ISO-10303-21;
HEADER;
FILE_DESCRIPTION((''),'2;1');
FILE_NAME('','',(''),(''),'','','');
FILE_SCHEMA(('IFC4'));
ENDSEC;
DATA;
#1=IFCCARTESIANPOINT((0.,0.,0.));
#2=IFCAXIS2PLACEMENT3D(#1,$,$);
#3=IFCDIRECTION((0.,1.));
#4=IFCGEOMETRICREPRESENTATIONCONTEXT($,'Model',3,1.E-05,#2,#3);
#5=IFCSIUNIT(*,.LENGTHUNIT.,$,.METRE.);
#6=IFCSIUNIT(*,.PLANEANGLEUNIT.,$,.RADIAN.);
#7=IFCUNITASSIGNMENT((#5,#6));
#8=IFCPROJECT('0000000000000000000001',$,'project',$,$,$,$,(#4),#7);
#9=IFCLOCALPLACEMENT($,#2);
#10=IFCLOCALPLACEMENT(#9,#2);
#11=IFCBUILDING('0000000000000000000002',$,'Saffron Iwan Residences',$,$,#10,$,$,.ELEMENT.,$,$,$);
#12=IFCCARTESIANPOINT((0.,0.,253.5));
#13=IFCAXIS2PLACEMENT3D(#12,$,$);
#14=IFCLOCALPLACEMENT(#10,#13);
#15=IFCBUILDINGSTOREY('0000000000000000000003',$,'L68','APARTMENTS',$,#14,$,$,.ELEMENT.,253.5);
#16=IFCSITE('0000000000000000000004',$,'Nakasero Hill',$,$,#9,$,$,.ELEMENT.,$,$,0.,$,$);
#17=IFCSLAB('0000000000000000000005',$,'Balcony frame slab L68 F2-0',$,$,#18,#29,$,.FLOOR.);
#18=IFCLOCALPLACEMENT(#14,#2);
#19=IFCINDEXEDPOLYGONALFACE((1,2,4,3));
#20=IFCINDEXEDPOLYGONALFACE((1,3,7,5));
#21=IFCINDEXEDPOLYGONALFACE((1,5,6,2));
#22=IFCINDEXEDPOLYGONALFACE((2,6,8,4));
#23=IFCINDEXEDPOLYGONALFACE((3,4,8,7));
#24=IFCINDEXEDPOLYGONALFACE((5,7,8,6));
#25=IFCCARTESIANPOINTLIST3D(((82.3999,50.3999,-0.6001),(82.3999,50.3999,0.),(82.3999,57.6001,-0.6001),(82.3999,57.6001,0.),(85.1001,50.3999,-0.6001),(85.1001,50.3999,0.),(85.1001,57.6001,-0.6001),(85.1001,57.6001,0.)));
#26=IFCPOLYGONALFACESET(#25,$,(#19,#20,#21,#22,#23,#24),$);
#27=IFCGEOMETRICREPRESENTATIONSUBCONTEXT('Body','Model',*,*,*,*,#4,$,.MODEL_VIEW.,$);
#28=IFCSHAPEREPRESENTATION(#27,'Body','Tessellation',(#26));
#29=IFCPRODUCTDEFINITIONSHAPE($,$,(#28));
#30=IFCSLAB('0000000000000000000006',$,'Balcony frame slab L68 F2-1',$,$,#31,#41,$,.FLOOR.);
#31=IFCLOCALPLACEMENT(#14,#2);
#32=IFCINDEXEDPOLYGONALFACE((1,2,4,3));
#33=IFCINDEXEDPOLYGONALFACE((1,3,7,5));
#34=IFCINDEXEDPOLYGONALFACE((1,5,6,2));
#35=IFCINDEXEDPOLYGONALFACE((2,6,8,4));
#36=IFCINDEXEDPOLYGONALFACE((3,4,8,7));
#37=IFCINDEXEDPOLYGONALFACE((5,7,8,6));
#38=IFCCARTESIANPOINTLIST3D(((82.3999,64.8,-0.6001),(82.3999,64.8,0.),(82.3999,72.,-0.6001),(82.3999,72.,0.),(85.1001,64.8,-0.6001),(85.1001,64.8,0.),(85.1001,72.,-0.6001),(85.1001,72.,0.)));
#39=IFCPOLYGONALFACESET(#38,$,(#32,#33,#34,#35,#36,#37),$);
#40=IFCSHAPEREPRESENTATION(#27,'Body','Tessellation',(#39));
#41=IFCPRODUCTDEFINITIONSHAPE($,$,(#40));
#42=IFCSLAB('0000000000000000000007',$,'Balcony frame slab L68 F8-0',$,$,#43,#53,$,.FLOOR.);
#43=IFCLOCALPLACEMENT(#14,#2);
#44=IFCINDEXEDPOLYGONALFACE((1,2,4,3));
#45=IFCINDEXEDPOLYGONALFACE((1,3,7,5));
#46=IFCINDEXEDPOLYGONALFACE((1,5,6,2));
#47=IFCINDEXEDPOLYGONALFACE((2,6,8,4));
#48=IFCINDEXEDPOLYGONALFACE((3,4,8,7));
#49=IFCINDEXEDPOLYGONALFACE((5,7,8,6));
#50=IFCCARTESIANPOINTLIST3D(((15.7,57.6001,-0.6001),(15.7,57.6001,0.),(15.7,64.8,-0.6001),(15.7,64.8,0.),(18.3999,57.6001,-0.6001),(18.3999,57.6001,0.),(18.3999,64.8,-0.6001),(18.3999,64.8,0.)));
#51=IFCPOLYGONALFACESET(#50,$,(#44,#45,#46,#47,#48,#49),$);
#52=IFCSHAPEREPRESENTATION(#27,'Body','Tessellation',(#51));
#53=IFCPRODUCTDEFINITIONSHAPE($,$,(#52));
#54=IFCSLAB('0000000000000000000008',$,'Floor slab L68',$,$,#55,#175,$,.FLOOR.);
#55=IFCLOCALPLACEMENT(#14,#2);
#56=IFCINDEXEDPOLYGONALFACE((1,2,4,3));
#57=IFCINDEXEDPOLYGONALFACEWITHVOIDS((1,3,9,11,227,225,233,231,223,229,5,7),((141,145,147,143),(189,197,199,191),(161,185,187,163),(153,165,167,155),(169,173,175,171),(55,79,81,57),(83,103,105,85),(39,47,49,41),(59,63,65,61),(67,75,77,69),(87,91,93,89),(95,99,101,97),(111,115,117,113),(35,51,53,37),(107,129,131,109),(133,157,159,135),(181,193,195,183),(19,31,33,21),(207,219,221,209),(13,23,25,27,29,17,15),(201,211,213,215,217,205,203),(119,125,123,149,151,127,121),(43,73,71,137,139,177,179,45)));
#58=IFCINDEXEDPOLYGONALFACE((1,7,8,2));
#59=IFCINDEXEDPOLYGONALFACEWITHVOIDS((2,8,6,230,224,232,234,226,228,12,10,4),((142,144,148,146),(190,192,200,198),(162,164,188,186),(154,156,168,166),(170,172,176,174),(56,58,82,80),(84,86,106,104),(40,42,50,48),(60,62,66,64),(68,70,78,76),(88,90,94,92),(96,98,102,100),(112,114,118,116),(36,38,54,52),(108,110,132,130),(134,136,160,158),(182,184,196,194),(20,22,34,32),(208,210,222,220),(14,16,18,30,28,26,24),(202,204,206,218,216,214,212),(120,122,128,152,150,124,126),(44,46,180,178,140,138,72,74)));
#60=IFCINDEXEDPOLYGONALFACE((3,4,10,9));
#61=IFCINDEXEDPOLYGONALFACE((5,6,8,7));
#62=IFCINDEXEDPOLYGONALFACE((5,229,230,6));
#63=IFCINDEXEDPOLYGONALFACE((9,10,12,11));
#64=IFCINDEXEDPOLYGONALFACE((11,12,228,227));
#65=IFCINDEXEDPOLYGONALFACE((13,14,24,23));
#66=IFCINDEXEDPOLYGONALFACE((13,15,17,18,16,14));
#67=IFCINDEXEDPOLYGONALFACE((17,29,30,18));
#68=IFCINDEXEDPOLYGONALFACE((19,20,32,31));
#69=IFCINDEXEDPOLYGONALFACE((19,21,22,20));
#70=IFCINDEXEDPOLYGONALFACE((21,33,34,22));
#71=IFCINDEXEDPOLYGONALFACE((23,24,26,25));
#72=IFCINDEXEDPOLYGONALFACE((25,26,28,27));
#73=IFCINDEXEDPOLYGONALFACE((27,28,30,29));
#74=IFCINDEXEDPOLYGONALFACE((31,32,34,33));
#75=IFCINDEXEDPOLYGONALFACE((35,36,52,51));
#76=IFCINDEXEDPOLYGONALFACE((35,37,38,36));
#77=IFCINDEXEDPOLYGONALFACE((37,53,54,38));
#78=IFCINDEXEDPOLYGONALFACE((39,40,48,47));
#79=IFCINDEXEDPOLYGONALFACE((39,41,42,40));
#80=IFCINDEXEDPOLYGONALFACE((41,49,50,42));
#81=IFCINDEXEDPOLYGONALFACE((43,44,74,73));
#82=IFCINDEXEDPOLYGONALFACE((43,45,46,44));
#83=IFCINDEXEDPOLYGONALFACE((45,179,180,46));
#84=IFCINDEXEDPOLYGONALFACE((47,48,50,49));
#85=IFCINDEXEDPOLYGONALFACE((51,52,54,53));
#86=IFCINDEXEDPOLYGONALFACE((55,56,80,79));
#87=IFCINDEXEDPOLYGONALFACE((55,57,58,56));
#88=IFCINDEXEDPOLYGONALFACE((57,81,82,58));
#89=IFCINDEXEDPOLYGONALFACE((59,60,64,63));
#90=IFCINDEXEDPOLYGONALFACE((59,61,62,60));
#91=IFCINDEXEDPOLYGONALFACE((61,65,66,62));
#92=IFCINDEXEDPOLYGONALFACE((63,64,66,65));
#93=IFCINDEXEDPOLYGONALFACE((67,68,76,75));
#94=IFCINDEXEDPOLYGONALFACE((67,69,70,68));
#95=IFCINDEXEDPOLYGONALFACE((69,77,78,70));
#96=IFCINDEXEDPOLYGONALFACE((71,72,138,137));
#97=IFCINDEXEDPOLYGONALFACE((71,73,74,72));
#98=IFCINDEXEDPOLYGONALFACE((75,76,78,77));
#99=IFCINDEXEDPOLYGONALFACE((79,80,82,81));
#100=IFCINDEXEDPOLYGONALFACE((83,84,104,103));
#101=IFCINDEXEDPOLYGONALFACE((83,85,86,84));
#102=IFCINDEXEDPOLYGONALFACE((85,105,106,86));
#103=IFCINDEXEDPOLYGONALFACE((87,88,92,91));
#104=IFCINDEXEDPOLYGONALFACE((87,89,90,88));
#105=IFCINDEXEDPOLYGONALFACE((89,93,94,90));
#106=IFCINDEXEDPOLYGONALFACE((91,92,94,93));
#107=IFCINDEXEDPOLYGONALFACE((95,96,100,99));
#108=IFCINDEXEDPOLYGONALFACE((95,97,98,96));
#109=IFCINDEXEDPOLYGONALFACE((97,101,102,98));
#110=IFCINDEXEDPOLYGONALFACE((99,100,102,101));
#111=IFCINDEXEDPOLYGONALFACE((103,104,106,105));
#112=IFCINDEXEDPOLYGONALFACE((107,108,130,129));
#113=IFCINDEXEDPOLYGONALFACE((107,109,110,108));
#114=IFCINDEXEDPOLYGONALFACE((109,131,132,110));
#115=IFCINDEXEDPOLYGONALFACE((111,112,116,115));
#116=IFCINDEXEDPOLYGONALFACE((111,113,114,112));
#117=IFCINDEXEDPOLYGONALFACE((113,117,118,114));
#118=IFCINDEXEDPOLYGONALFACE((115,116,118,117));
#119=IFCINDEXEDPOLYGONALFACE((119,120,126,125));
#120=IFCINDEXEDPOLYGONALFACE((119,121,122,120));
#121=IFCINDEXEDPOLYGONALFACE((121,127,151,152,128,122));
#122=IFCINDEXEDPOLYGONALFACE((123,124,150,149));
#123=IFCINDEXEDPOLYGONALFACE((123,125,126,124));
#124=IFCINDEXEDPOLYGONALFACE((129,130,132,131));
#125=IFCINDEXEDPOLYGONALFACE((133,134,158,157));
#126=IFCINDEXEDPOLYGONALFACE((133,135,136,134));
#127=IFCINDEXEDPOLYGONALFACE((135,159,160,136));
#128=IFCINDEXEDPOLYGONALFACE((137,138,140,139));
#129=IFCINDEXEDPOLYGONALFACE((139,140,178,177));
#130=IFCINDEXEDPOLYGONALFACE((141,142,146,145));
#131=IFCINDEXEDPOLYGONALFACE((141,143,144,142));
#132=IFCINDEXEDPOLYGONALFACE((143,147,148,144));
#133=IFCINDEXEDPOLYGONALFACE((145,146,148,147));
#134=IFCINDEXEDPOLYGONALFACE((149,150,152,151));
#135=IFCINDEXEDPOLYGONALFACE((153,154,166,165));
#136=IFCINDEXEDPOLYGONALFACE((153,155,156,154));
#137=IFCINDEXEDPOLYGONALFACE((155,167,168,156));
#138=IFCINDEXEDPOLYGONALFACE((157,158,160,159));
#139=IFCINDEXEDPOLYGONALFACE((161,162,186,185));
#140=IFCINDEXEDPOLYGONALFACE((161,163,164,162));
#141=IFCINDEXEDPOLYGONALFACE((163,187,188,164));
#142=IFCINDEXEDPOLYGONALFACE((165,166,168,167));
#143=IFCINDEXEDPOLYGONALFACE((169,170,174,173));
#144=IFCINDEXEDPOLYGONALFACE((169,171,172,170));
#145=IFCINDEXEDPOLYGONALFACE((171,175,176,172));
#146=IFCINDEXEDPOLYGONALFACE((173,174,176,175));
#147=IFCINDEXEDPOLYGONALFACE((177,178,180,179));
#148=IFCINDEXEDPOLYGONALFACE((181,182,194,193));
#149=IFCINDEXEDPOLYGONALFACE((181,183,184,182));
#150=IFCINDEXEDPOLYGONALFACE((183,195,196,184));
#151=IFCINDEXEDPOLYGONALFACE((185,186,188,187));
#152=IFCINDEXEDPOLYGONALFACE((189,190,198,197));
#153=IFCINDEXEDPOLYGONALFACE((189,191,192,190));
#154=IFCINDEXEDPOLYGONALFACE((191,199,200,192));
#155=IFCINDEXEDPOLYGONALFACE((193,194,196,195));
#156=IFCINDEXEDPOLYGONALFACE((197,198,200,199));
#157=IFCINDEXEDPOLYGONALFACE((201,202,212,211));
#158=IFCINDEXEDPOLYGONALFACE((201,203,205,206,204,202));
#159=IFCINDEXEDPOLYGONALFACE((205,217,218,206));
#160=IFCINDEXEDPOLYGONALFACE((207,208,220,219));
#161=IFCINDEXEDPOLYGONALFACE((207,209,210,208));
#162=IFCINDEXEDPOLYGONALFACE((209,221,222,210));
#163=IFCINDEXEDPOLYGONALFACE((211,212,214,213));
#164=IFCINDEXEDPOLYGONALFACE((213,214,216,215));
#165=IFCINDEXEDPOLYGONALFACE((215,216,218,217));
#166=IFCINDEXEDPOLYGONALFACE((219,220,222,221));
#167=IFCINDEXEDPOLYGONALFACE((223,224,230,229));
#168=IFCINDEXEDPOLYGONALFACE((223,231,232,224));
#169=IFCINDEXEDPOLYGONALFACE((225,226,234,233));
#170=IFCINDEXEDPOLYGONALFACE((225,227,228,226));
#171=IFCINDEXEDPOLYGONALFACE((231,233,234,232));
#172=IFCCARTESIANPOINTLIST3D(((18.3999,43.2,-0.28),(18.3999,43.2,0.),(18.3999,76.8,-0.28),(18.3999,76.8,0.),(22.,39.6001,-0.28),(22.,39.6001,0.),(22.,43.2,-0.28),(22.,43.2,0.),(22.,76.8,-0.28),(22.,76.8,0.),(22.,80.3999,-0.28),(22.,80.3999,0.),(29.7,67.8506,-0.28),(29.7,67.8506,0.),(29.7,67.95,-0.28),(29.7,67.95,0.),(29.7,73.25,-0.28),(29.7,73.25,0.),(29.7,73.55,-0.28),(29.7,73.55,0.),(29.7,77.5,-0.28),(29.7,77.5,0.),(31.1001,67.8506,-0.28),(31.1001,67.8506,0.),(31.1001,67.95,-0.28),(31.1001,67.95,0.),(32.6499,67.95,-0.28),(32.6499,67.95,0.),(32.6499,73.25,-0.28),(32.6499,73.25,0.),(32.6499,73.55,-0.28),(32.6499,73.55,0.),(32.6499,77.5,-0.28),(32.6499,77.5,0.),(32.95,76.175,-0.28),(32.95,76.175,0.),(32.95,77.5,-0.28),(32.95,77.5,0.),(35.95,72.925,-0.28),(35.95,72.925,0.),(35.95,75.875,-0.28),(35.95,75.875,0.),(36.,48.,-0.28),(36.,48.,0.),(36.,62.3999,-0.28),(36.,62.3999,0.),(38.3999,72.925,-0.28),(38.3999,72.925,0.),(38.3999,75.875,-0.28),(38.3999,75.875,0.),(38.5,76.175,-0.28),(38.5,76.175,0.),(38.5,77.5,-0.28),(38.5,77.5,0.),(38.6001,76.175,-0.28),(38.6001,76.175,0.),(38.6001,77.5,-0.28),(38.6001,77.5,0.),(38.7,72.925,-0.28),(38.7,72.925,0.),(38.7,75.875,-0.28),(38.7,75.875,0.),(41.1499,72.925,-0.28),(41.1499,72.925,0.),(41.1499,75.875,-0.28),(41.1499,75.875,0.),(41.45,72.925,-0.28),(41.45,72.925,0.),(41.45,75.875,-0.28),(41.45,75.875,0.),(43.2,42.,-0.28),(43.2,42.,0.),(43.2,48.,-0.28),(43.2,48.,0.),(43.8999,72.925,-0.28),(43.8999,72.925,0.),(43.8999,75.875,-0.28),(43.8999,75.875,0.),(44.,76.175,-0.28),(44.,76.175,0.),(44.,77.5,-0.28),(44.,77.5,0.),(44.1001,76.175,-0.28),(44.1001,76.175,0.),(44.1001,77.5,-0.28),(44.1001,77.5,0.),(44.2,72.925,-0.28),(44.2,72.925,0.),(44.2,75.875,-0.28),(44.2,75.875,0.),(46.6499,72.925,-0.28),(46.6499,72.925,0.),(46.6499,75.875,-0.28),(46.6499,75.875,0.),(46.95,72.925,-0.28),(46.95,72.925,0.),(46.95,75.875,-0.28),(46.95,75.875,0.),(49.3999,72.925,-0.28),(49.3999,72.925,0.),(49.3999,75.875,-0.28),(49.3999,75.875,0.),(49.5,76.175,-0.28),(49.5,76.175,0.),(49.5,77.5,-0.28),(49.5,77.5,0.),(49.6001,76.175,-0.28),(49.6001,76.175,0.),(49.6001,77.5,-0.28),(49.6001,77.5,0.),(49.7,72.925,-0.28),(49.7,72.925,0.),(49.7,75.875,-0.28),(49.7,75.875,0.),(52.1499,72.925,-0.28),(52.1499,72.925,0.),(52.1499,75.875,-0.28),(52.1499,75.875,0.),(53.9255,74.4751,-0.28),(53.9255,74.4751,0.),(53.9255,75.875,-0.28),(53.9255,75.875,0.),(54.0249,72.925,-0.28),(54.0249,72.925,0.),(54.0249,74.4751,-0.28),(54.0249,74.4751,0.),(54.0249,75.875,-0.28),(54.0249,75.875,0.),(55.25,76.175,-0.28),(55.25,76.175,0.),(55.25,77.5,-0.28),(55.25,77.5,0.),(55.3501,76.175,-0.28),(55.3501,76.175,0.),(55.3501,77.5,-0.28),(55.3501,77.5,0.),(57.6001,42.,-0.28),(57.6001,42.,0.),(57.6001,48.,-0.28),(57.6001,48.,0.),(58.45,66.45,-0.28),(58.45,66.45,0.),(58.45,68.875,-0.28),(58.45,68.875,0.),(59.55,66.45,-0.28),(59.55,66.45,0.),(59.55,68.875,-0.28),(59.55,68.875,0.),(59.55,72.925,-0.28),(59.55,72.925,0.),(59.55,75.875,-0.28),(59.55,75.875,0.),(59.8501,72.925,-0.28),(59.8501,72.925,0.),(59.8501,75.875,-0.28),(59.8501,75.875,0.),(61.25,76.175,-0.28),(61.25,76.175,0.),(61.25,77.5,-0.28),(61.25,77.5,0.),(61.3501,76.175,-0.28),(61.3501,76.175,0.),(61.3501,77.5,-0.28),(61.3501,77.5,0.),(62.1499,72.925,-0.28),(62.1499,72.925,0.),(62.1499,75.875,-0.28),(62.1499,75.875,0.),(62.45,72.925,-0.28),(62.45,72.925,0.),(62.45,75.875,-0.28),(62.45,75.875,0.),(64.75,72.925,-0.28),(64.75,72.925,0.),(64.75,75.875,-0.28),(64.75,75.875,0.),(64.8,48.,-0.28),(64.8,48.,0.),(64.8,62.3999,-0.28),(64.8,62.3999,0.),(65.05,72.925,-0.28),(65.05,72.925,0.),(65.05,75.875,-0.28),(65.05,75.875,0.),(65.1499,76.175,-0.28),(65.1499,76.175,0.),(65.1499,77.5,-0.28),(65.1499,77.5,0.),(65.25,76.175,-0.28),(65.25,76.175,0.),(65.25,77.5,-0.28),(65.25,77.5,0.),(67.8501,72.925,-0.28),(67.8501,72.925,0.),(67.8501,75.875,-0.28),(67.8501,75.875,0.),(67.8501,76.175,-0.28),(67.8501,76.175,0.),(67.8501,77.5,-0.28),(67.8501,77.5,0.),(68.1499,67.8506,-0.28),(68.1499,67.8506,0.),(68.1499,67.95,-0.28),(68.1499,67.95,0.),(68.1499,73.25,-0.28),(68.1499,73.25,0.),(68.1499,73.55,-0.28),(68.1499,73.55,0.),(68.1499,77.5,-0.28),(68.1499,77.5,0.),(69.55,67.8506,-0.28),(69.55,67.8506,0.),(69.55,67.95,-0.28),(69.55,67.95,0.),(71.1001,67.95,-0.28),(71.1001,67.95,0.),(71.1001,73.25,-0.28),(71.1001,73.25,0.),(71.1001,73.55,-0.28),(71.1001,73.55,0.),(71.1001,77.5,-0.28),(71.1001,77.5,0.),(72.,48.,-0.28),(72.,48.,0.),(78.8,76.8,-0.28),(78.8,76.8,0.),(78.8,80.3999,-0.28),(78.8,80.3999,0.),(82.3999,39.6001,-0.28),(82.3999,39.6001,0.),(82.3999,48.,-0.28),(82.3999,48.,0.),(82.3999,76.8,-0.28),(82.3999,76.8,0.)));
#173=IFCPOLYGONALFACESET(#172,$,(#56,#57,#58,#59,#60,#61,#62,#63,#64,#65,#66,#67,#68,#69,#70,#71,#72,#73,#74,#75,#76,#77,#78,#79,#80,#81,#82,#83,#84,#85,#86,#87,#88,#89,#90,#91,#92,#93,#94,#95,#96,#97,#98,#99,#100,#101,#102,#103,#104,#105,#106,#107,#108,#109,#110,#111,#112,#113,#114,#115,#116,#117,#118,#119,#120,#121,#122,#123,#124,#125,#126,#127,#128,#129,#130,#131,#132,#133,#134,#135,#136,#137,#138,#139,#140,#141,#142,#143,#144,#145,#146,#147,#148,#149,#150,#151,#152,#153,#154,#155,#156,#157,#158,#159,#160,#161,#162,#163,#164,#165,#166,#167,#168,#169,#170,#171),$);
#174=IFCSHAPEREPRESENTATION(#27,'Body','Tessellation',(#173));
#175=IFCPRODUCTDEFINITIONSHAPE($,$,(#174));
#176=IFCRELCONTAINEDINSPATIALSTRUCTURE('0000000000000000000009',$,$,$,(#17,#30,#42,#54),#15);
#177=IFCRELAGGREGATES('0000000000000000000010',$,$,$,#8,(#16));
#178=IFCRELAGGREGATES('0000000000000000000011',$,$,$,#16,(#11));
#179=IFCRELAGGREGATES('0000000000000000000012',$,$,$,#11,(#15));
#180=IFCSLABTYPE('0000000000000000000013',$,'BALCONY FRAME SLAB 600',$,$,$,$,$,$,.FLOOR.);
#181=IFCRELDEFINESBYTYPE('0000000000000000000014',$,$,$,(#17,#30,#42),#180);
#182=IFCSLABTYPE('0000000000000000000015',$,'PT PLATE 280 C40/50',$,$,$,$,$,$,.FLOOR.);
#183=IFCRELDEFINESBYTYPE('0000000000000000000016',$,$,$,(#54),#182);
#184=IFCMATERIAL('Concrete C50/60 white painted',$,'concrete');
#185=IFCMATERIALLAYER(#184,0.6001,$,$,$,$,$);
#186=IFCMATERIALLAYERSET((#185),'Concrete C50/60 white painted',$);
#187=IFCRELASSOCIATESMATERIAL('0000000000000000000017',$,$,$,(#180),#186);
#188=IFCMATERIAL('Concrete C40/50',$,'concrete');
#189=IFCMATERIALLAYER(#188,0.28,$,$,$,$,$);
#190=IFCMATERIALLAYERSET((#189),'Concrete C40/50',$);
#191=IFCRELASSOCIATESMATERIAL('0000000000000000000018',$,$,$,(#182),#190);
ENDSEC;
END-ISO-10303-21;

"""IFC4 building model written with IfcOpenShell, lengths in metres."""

from ifc_helpers import new_model, si_unit, direction, frame, origin, place, context, subcontext, project, spatial, polyline, outline, extrude, material, layer, layer_set, type_object, element, save


model = new_model("IFC4")

# Units and contexts
model_context = context("Model", 3, precision=1e-05, world=origin(), true_north=direction((0.0, 1.0)))
body_context = subcontext(model_context, "Body", "Model", "MODEL_VIEW")
ifc_project = project(units=[si_unit("LENGTHUNIT", "METRE"), si_unit("PLANEANGLEUNIT", "RADIAN")], contexts=[model_context])

# Site, building, storey
site_placement = place(None, origin())
site = spatial("IfcSite", under=ifc_project, at=site_placement, Name="Nakasero Hill", CompositionType="ELEMENT", RefElevation=0.0)
building_placement = place(site_placement, origin())
building = spatial("IfcBuilding", under=site, at=building_placement, Name="Saffron Iwan Residences", CompositionType="ELEMENT")
storey_placement = place(building_placement, frame((0.0, 0.0, 253.5)))
storey = spatial("IfcBuildingStorey", under=building, at=storey_placement, Name="L68", Description="APARTMENTS", CompositionType="ELEMENT", Elevation=253.5)

# Slabs
ifc_material_1 = material(Name="Concrete C50/60 white painted", Category="concrete")
ifc_layer_1 = layer(ifc_material_1, 0.6001)
ifc_layer_set_1 = layer_set([ifc_layer_1], Name="Concrete C50/60 white painted")
slab_type_1 = type_object("IfcSlabType", Name="BALCONY FRAME SLAB 600", PredefinedType="FLOOR", material=ifc_layer_set_1)
slab_1_placement = place(storey_placement, frame((0.0, 0.0, -0.6001)))
element("IfcSlab", 1, at=slab_1_placement, inside=storey, type_object=slab_type_1, Name="Balcony frame slab L68 F2-0", PredefinedType="FLOOR", context=body_context, shape_type="SweptSolid", body=[
    extrude(outline(polyline([(85.1001, 50.3999), (85.1001, 57.6001), (82.3999, 57.6001), (82.3999, 50.3999), (85.1001, 50.3999)])), origin(), (0.0, 0.0, 1.0), 0.6001),
])
slab_2_placement = place(storey_placement, frame((0.0, 0.0, -0.6001)))
element("IfcSlab", 2, at=slab_2_placement, inside=storey, type_object=slab_type_1, Name="Balcony frame slab L68 F2-1", PredefinedType="FLOOR", context=body_context, shape_type="SweptSolid", body=[
    extrude(outline(polyline([(85.1001, 64.8), (85.1001, 72.0), (82.3999, 72.0), (82.3999, 64.8), (85.1001, 64.8)])), origin(), (0.0, 0.0, 1.0), 0.6001),
])
slab_3_placement = place(storey_placement, frame((0.0, 0.0, -0.6001)))
element("IfcSlab", 3, at=slab_3_placement, inside=storey, type_object=slab_type_1, Name="Balcony frame slab L68 F8-0", PredefinedType="FLOOR", context=body_context, shape_type="SweptSolid", body=[
    extrude(outline(polyline([(15.7, 64.8), (15.7, 57.6001), (18.3999, 57.6001), (18.3999, 64.8), (15.7, 64.8)])), origin(), (0.0, 0.0, 1.0), 0.6001),
])
ifc_material_2 = material(Name="Concrete C40/50", Category="concrete")
ifc_layer_2 = layer(ifc_material_2, 0.28)
ifc_layer_set_2 = layer_set([ifc_layer_2], Name="Concrete C40/50")
slab_type_2 = type_object("IfcSlabType", Name="PT PLATE 280 C40/50", PredefinedType="FLOOR", material=ifc_layer_set_2)
slab_4_placement = place(storey_placement, frame((0.0, 0.0, -0.28)))
element("IfcSlab", 4, at=slab_4_placement, inside=storey, type_object=slab_type_2, Name="Floor slab L68", PredefinedType="FLOOR", context=body_context, shape_type="SweptSolid", body=[
    extrude(outline(polyline([(18.3999, 43.2), (18.3999, 76.8), (22.0, 76.8), (22.0, 80.3999), (78.8, 80.3999), (78.8, 76.8), (82.3999, 76.8), (82.3999, 48.0), (72.0, 48.0), (82.3999, 39.6001), (22.0, 39.6001), (22.0, 43.2), (18.3999, 43.2)]), holes=[polyline([(64.8, 48.0), (64.8, 62.3999), (36.0, 62.3999), (36.0, 48.0), (43.2, 48.0), (43.2, 42.0), (57.6001, 42.0), (57.6001, 48.0), (64.8, 48.0)]), polyline([(29.7, 73.25), (29.7, 67.95), (29.7, 67.8506), (31.1001, 67.8506), (31.1001, 67.95), (32.6499, 67.95), (32.6499, 73.25), (29.7, 73.25)]), polyline([(38.3999, 75.875), (35.95, 75.875), (35.95, 72.925), (38.3999, 72.925), (38.3999, 75.875)]), polyline([(41.1499, 75.875), (38.7, 75.875), (38.7, 72.925), (41.1499, 72.925), (41.1499, 75.875)]), polyline([(43.8999, 72.925), (43.8999, 75.875), (41.45, 75.875), (41.45, 72.925), (43.8999, 72.925)]), polyline([(46.6499, 72.925), (46.6499, 75.875), (44.2, 75.875), (44.2, 72.925), (46.6499, 72.925)]), polyline([(49.3999, 75.875), (46.95, 75.875), (46.95, 72.925), (49.3999, 72.925), (49.3999, 75.875)]), polyline([(52.1499, 72.925), (52.1499, 75.875), (49.7, 75.875), (49.7, 72.925), (52.1499, 72.925)]), polyline([(32.6499, 73.55), (32.6499, 77.5), (29.7, 77.5), (29.7, 73.55), (32.6499, 73.55)]), polyline([(38.5, 77.5), (32.95, 77.5), (32.95, 76.175), (38.5, 76.175), (38.5, 77.5)]), polyline([(44.0, 76.175), (44.0, 77.5), (38.6001, 77.5), (38.6001, 76.175), (44.0, 76.175)]), polyline([(49.5, 76.175), (49.5, 77.5), (44.1001, 77.5), (44.1001, 76.175), (49.5, 76.175)]), polyline([(59.55, 68.875), (58.45, 68.875), (58.45, 66.45), (59.55, 66.45), (59.55, 68.875)]), polyline([(68.1499, 73.25), (68.1499, 67.95), (68.1499, 67.8506), (69.55, 67.8506), (69.55, 67.95), (71.1001, 67.95), (71.1001, 73.25), (68.1499, 73.25)]), polyline([(54.0249, 74.4751), (54.0249, 72.925), (59.55, 72.925), (59.55, 75.875), (54.0249, 75.875), (53.9255, 75.875), (53.9255, 74.4751), (54.0249, 74.4751)]), polyline([(62.1499, 72.925), (62.1499, 75.875), (59.8501, 75.875), (59.8501, 72.925), (62.1499, 72.925)]), polyline([(64.75, 72.925), (64.75, 75.875), (62.45, 75.875), (62.45, 72.925), (64.75, 72.925)]), polyline([(67.8501, 75.875), (65.05, 75.875), (65.05, 72.925), (67.8501, 72.925), (67.8501, 75.875)]), polyline([(71.1001, 73.55), (71.1001, 77.5), (68.1499, 77.5), (68.1499, 73.55), (71.1001, 73.55)]), polyline([(55.25, 76.175), (55.25, 77.5), (49.6001, 77.5), (49.6001, 76.175), (55.25, 76.175)]), polyline([(61.25, 77.5), (55.3501, 77.5), (55.3501, 76.175), (61.25, 76.175), (61.25, 77.5)]), polyline([(65.1499, 76.175), (65.1499, 77.5), (61.3501, 77.5), (61.3501, 76.175), (65.1499, 76.175)]), polyline([(67.8501, 76.175), (67.8501, 77.5), (65.25, 77.5), (65.25, 76.175), (67.8501, 76.175)])]), origin(), (0.0, 0.0, 1.0), 0.28),
])

save(model, "model.ifc")
